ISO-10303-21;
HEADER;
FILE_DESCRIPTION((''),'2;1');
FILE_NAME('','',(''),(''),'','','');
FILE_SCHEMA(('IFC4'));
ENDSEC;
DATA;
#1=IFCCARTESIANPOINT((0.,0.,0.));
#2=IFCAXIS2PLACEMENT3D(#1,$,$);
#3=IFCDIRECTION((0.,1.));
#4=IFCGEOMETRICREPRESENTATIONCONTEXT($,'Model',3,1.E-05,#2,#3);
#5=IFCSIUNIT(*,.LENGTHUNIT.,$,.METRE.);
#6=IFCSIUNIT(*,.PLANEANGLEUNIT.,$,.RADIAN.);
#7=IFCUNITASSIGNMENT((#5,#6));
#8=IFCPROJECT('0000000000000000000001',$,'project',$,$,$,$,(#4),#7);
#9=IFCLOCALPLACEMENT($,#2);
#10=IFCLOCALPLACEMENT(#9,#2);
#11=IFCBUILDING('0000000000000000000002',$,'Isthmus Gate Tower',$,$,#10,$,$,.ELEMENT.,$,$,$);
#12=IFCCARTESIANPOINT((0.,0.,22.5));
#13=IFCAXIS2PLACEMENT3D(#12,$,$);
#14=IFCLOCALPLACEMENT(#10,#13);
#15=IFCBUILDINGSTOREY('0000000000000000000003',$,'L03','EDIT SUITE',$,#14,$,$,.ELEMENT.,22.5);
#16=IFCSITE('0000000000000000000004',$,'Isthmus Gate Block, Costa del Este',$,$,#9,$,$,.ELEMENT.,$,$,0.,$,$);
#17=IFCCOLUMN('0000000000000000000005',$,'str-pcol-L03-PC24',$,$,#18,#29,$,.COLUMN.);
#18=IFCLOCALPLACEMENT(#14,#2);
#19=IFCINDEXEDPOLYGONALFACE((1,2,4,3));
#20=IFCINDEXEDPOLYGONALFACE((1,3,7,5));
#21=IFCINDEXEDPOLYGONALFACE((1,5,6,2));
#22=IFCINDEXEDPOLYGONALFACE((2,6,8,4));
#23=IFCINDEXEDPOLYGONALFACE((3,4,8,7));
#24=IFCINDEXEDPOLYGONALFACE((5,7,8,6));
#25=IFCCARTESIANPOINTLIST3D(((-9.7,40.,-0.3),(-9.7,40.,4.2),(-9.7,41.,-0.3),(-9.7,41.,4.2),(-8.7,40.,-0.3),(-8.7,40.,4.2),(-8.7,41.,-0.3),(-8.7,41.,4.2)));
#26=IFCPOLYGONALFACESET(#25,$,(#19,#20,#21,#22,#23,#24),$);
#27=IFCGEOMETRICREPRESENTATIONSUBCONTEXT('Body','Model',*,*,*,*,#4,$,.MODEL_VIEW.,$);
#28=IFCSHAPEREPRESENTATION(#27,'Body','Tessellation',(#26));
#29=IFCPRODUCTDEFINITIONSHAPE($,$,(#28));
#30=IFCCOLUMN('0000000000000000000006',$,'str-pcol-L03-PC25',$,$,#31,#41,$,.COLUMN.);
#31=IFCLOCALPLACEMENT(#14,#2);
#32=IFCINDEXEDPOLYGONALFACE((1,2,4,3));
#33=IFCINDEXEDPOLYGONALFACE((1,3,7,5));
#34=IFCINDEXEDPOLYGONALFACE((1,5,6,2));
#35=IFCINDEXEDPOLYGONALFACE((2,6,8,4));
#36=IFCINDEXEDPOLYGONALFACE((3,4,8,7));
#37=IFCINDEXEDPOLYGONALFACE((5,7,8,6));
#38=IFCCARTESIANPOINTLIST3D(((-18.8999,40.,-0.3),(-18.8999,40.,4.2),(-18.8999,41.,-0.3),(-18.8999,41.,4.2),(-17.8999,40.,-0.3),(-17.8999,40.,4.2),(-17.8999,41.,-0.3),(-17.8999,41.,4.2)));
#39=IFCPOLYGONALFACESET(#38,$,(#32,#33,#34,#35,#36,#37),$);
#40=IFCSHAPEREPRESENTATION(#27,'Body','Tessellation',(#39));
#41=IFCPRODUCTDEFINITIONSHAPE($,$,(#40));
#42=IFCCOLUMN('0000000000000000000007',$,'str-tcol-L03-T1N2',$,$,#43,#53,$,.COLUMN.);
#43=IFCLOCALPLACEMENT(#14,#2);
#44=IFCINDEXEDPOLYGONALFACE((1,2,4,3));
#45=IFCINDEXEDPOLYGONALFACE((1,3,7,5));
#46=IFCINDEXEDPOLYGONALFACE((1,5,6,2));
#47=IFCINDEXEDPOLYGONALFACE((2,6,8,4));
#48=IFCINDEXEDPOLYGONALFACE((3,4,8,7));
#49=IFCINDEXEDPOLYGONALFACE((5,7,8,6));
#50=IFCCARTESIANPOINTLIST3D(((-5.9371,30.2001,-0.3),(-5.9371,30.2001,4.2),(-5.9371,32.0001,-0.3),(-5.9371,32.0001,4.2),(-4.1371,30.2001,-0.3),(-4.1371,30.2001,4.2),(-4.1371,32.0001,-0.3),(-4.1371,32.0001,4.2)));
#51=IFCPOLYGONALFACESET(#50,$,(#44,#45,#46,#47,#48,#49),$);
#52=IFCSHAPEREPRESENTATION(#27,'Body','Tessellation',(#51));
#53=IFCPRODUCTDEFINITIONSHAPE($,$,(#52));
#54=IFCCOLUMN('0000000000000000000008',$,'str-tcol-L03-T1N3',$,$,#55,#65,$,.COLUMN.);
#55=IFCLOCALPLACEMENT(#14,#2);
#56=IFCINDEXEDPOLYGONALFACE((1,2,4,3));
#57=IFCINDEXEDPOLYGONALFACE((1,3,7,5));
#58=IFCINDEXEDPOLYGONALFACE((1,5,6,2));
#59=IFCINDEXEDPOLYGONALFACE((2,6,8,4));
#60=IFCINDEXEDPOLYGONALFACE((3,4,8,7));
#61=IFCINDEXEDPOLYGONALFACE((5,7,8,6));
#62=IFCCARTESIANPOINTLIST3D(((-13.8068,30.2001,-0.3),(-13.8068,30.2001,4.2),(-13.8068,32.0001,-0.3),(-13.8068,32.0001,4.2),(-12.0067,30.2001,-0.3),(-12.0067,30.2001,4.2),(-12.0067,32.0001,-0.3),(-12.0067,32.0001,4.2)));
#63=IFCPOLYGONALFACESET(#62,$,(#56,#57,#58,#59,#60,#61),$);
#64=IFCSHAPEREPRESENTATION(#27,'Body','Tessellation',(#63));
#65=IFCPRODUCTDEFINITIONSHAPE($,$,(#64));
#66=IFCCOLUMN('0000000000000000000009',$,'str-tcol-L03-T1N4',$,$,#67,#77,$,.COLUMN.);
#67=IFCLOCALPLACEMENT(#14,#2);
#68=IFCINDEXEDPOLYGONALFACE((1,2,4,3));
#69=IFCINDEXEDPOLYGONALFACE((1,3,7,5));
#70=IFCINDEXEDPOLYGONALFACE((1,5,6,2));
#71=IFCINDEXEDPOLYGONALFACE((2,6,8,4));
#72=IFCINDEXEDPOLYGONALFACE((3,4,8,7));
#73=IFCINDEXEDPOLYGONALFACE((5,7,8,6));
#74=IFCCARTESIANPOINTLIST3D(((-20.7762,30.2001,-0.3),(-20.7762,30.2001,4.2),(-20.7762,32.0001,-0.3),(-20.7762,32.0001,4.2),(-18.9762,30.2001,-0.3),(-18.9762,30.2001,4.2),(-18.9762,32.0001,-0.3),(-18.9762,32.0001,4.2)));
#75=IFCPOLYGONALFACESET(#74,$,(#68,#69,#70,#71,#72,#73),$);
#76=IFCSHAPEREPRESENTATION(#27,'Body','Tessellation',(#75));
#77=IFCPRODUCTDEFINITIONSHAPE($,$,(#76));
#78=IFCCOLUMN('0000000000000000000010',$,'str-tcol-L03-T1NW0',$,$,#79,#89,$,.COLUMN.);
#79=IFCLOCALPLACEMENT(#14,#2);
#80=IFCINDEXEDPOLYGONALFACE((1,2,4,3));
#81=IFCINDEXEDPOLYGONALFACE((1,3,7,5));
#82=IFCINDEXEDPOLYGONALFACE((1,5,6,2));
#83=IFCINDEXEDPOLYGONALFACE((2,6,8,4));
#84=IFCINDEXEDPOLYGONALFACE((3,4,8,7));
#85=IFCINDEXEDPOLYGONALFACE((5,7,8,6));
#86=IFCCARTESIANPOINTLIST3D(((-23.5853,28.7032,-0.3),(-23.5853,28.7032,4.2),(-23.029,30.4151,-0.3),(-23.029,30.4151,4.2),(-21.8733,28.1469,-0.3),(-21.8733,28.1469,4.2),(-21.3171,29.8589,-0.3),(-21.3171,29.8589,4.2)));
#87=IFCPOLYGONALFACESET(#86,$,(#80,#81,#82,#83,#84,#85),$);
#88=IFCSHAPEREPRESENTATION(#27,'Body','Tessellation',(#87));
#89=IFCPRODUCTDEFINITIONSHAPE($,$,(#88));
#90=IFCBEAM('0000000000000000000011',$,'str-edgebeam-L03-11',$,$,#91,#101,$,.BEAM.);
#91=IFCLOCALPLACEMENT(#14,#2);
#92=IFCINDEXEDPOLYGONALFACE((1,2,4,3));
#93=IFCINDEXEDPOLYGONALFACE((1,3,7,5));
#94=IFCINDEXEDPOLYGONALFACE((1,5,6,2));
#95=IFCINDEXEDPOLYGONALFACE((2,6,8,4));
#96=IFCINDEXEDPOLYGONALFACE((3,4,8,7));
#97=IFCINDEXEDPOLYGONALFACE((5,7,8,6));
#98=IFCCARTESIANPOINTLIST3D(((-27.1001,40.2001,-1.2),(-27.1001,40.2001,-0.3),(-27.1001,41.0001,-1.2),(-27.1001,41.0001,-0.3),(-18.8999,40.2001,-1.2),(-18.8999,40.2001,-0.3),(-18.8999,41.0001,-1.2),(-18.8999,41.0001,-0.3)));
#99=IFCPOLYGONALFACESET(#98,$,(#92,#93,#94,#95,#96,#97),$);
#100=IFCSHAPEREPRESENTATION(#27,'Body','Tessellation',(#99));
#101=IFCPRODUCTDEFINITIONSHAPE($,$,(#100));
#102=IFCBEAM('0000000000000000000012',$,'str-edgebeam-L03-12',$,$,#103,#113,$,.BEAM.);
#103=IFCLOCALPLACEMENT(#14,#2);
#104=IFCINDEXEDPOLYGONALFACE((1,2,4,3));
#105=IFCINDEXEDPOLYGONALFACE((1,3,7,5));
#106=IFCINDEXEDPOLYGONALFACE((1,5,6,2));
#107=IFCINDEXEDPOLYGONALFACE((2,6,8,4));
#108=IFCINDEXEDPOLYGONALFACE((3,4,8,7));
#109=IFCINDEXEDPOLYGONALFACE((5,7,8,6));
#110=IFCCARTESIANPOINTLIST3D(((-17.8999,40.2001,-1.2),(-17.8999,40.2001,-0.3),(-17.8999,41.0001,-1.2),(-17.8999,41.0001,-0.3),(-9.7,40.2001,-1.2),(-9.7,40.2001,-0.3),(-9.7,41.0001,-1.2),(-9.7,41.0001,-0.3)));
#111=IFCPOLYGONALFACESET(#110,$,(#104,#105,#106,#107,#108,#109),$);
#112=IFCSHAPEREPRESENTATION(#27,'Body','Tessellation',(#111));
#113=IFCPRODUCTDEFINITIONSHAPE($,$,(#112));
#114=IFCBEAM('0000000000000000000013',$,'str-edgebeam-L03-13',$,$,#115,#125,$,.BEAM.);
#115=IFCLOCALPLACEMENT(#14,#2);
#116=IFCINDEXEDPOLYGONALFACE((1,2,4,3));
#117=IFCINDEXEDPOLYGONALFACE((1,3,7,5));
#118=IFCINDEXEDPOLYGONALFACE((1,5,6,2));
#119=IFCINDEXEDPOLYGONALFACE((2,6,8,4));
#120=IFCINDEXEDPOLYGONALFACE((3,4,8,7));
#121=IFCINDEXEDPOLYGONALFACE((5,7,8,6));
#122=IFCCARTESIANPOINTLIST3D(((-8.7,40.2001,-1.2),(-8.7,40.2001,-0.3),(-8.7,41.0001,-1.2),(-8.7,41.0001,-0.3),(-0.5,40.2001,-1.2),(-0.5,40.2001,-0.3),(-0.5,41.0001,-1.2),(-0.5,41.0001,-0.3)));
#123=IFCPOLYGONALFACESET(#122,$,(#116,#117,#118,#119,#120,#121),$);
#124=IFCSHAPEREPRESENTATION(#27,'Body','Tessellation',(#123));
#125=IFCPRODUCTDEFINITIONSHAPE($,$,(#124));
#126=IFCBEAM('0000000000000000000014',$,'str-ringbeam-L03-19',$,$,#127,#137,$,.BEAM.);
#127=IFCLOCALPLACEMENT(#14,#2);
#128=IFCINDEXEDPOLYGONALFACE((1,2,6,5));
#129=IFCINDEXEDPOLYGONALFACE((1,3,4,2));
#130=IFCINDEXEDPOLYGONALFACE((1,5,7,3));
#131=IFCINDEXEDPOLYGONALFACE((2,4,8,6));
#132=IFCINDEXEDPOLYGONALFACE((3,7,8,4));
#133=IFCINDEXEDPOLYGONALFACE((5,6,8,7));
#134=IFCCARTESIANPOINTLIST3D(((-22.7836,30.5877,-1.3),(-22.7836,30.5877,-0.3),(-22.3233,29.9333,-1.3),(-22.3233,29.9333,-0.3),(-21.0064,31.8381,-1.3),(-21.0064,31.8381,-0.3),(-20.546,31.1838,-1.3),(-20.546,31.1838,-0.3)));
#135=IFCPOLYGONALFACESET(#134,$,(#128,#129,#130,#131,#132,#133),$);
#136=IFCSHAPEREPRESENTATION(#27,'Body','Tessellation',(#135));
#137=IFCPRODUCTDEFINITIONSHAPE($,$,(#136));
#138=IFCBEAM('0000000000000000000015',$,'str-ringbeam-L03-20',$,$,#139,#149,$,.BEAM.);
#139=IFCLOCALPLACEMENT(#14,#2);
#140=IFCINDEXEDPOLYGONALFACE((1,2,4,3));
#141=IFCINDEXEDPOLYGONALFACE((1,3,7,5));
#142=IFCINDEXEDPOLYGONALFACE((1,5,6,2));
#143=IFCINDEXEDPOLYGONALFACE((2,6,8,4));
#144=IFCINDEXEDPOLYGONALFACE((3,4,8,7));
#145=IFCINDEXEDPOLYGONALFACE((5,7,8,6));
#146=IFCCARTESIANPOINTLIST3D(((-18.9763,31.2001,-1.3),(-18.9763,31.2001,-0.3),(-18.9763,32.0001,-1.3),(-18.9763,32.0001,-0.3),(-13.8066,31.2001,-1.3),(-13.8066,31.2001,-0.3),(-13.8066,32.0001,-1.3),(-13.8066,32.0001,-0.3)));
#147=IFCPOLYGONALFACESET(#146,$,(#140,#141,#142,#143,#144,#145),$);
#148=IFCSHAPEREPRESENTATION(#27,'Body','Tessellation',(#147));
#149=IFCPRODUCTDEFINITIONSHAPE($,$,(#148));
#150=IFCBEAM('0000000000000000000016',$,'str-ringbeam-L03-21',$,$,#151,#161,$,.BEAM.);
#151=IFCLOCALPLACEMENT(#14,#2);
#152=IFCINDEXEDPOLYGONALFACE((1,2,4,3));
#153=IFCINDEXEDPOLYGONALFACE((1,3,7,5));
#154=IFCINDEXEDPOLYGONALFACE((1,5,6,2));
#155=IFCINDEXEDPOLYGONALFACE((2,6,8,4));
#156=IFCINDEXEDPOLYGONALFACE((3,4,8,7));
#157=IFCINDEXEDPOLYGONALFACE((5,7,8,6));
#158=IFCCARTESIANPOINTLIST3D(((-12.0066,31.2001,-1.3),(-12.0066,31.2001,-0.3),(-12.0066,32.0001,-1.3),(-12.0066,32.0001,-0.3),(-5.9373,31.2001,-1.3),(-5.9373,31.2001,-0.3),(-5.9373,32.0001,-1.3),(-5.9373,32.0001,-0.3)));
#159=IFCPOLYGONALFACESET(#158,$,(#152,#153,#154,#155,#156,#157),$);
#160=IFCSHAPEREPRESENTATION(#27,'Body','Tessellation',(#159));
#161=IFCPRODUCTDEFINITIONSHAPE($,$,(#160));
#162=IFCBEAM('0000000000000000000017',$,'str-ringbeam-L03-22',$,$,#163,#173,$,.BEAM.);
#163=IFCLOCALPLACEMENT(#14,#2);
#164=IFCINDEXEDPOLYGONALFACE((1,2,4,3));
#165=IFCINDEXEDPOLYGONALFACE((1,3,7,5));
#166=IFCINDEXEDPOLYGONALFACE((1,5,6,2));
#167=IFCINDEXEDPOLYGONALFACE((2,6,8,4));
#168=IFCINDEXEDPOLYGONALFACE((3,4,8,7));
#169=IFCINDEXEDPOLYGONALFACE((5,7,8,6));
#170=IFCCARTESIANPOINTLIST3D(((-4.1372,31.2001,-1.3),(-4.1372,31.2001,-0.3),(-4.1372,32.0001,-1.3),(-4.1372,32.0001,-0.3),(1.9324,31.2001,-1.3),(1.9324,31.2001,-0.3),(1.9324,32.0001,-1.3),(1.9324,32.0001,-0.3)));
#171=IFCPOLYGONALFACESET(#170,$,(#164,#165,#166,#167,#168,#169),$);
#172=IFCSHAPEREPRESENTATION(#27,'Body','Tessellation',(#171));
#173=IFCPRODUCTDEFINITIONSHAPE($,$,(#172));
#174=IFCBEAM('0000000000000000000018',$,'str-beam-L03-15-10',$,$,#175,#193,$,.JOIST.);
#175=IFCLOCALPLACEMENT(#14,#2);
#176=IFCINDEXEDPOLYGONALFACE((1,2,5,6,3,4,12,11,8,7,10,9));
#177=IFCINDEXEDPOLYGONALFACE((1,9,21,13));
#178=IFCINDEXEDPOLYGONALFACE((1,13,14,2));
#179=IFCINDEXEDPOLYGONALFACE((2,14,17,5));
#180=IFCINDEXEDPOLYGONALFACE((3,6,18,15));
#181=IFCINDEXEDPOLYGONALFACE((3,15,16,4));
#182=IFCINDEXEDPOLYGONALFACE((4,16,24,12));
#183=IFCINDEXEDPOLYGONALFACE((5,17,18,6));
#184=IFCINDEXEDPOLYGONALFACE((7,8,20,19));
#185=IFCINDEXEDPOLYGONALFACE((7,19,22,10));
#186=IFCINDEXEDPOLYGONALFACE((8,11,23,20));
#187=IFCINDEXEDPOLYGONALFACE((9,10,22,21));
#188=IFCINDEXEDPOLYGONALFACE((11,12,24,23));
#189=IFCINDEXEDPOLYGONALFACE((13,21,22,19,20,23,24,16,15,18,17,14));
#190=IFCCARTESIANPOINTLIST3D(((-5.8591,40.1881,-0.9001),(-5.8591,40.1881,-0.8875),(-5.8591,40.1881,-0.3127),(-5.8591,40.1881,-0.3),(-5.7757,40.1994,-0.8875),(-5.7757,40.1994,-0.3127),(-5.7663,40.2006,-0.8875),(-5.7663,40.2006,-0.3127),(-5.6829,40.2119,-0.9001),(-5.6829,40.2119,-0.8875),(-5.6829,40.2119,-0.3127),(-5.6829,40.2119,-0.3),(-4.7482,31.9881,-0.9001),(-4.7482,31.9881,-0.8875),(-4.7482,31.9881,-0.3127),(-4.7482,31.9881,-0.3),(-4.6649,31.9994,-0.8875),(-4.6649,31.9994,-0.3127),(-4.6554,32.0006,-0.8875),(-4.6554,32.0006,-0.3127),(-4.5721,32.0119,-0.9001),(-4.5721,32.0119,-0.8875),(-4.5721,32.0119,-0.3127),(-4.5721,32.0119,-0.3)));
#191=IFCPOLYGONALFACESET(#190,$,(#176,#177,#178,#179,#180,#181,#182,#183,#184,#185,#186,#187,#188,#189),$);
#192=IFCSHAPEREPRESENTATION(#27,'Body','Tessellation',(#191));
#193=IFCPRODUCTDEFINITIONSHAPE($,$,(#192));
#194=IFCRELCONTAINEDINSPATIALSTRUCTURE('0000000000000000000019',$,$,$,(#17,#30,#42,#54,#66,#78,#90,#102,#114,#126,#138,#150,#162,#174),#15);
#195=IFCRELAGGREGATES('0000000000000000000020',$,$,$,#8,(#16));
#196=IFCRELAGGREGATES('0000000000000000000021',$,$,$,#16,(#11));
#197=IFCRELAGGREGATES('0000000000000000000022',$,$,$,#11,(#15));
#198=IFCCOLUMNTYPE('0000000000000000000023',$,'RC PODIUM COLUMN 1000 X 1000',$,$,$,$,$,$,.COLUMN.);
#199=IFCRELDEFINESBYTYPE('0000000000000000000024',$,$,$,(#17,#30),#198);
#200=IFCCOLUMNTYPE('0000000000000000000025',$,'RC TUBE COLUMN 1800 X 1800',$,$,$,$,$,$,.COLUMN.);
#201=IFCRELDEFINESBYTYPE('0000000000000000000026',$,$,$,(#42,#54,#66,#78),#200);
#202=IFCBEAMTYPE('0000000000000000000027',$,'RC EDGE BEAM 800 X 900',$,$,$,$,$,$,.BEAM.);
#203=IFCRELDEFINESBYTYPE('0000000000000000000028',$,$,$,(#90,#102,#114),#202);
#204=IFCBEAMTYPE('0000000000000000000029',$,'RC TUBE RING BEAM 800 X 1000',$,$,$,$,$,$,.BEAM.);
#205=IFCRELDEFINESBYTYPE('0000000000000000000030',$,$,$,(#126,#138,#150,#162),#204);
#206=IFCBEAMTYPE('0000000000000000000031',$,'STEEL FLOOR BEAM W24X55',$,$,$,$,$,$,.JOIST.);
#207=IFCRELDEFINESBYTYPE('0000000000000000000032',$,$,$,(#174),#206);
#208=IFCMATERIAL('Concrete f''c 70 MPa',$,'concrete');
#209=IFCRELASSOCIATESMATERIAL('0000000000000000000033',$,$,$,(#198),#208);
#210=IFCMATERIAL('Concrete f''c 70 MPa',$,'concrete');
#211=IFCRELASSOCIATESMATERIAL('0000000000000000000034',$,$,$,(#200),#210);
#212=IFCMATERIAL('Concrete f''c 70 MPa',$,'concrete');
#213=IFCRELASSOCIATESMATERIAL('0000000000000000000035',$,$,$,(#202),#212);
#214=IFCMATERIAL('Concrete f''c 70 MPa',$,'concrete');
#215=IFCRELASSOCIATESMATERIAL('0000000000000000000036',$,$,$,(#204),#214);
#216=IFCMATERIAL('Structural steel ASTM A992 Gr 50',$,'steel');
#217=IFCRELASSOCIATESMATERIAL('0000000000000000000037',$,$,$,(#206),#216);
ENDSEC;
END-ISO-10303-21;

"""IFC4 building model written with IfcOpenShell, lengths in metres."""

from ifc_helpers import new_model, si_unit, direction, frame, origin, origin_2d, place, context, subcontext, project, spatial, rectangle, i_section, extrude, material, material_profile, profile_set, type_object, element, save


model = new_model("IFC4")

# Units and contexts
model_context = context("Model", 3, precision=1e-05, world=origin(), true_north=direction((0.0, 1.0)))
body_context = subcontext(model_context, "Body", "Model", "MODEL_VIEW")
ifc_project = project(units=[si_unit("LENGTHUNIT", "METRE"), si_unit("PLANEANGLEUNIT", "RADIAN")], contexts=[model_context])

# Site, building, storey
site_placement = place(None, origin())
site = spatial("IfcSite", under=ifc_project, at=site_placement, Name="Isthmus Gate Block, Costa del Este", CompositionType="ELEMENT", RefElevation=0.0)
building_placement = place(site_placement, origin())
building = spatial("IfcBuilding", under=site, at=building_placement, Name="Isthmus Gate Tower", CompositionType="ELEMENT")
storey_placement = place(building_placement, frame((0.0, 0.0, 22.5)))
storey = spatial("IfcBuildingStorey", under=building, at=storey_placement, Name="L03", Description="EDIT SUITE", CompositionType="ELEMENT", Elevation=22.5)

# Columns
ifc_material_1 = material(Name="Concrete f'c 70 MPa", Category="concrete")
ifc_material_profile_1 = material_profile(ifc_material_1, rectangle(XDim=1.0, YDim=1.0, at=origin_2d()), Name="RC 1000X1000")
ifc_profile_set_1 = profile_set([ifc_material_profile_1], Name="Concrete f'c 70 MPa")
column_type_1 = type_object("IfcColumnType", Name="RC PODIUM COLUMN 1000 X 1000", PredefinedType="COLUMN", material=ifc_profile_set_1)
for number, where, z_axis, x_axis, name in (
    (1, (-9.2, 40.5, -0.3), (0.0, 0.0, 1.0), (-1.0, 0.0, 0.0), "str-pcol-L03-PC24"),
    (2, (-18.3999, 40.5, -0.3), (0.0, 0.0, 1.0), (-1.0, 0.0, 0.0), "str-pcol-L03-PC25"),
):
    element("IfcColumn", number, at=place(storey_placement, frame(where, z_axis=z_axis, x_axis=x_axis)), inside=storey, type_object=column_type_1, Name=name, PredefinedType="COLUMN", context=body_context, shape_type="SweptSolid", body=[
        extrude(rectangle(XDim=1.0, YDim=1.0, at=origin_2d()), origin(), (0.0, 0.0, 1.0), 4.5),
    ])
ifc_material_2 = material(Name="Concrete f'c 70 MPa", Category="concrete")
ifc_material_profile_2 = material_profile(ifc_material_2, rectangle(XDim=1.8, YDim=1.8, at=origin_2d()), Name="RC 1800X1800")
ifc_profile_set_2 = profile_set([ifc_material_profile_2], Name="Concrete f'c 70 MPa")
column_type_2 = type_object("IfcColumnType", Name="RC TUBE COLUMN 1800 X 1800", PredefinedType="COLUMN", material=ifc_profile_set_2)
for number, where, z_axis, x_axis, name in (
    (3, (-5.0371, 31.1001, -0.3), (0.0, 0.0, 1.0), (-1.0, 0.0, 0.0), "str-tcol-L03-T1N2"),
    (4, (-12.9067, 31.1001, -0.3), (0.0, 0.0, 1.0), (-1.0, 0.0, 0.0), "str-tcol-L03-T1N3"),
    (5, (-19.8762, 31.1001, -0.3), (0.0, 0.0, 1.0), (-1.0, 0.0, 0.0), "str-tcol-L03-T1N4"),
    (6, (-22.4512, 29.281, -0.3), (0.0, 0.0, 1.0), (-0.309017, -0.951057, 0.0), "str-tcol-L03-T1NW0"),
):
    element("IfcColumn", number, at=place(storey_placement, frame(where, z_axis=z_axis, x_axis=x_axis)), inside=storey, type_object=column_type_2, Name=name, PredefinedType="COLUMN", context=body_context, shape_type="SweptSolid", body=[
        extrude(rectangle(XDim=1.8, YDim=1.8, at=origin_2d()), origin(), (0.0, 0.0, 1.0), 4.5),
    ])

# Beams
ifc_material_3 = material(Name="Concrete f'c 70 MPa", Category="concrete")
ifc_material_profile_3 = material_profile(ifc_material_3, rectangle(XDim=0.8, YDim=0.8999, at=origin_2d()), Name="RC 800X900")
ifc_profile_set_3 = profile_set([ifc_material_profile_3], Name="Concrete f'c 70 MPa")
beam_type_1 = type_object("IfcBeamType", Name="RC EDGE BEAM 800 X 900", PredefinedType="BEAM", material=ifc_profile_set_3)
beam_1_placement = place(storey_placement, frame((-27.1001, 40.6001, -0.75), z_axis=(1.0, 0.0, 0.0), x_axis=(0.0, 1.0, 0.0)))
element("IfcBeam", 7, at=beam_1_placement, inside=storey, type_object=beam_type_1, Name="str-edgebeam-L03-11", PredefinedType="BEAM", context=body_context, shape_type="SweptSolid", body=[
    extrude(rectangle(XDim=0.8, YDim=0.8999, at=origin_2d()), origin(), (0.0, 0.0, 1.0), 8.2002),
])
for number, where, z_axis, x_axis, name in (
    (8, (-17.8999, 40.6001, -0.75), (1.0, 0.0, 0.0), (0.0, 1.0, 0.0), "str-edgebeam-L03-12"),
    (9, (-8.7, 40.6001, -0.75), (1.0, 0.0, 0.0), (0.0, 1.0, 0.0), "str-edgebeam-L03-13"),
):
    element("IfcBeam", number, at=place(storey_placement, frame(where, z_axis=z_axis, x_axis=x_axis)), inside=storey, type_object=beam_type_1, Name=name, PredefinedType="BEAM", context=body_context, shape_type="SweptSolid", body=[
        extrude(rectangle(XDim=0.8, YDim=0.8999, at=origin_2d()), origin(), (0.0, 0.0, 1.0), 8.2),
    ])
ifc_material_4 = material(Name="Concrete f'c 70 MPa", Category="concrete")
ifc_material_profile_4 = material_profile(ifc_material_4, rectangle(XDim=0.8, YDim=1.0, at=origin_2d()), Name="RC 800X1000")
ifc_profile_set_4 = profile_set([ifc_material_profile_4], Name="Concrete f'c 70 MPa")
beam_type_2 = type_object("IfcBeamType", Name="RC TUBE RING BEAM 800 X 1000", PredefinedType="BEAM", material=ifc_profile_set_4)
beam_2_placement = place(storey_placement, frame((-22.5535, 30.2605, -0.8), z_axis=(0.817857, 0.575421, 0.0), x_axis=(-0.575421, 0.817857, 0.0)))
element("IfcBeam", 10, at=beam_2_placement, inside=storey, type_object=beam_type_2, Name="str-ringbeam-L03-19", PredefinedType="BEAM", context=body_context, shape_type="SweptSolid", body=[
    extrude(rectangle(XDim=0.8, YDim=1.0, at=origin_2d()), origin(), (0.0, 0.0, 1.0), 2.1731),
])
beam_3_placement = place(storey_placement, frame((-18.9763, 31.6001, -0.8), z_axis=(1.0, 0.0, 0.0), x_axis=(0.0, 1.0, 0.0)))
element("IfcBeam", 11, at=beam_3_placement, inside=storey, type_object=beam_type_2, Name="str-ringbeam-L03-20", PredefinedType="BEAM", context=body_context, shape_type="SweptSolid", body=[
    extrude(rectangle(XDim=0.8, YDim=1.0, at=origin_2d()), origin(), (0.0, 0.0, 1.0), 5.1697),
])
beam_4_placement = place(storey_placement, frame((-12.0066, 31.6001, -0.8), z_axis=(1.0, 0.0, 0.0), x_axis=(0.0, 1.0, 0.0)))
element("IfcBeam", 12, at=beam_4_placement, inside=storey, type_object=beam_type_2, Name="str-ringbeam-L03-21", PredefinedType="BEAM", context=body_context, shape_type="SweptSolid", body=[
    extrude(rectangle(XDim=0.8, YDim=1.0, at=origin_2d()), origin(), (0.0, 0.0, 1.0), 6.0693),
])
beam_5_placement = place(storey_placement, frame((-4.1372, 31.6001, -0.8), z_axis=(1.0, 0.0, 0.0), x_axis=(0.0, 1.0, 0.0)))
element("IfcBeam", 13, at=beam_5_placement, inside=storey, type_object=beam_type_2, Name="str-ringbeam-L03-22", PredefinedType="BEAM", context=body_context, shape_type="SweptSolid", body=[
    extrude(rectangle(XDim=0.8, YDim=1.0, at=origin_2d()), origin(), (0.0, 0.0, 1.0), 6.0696),
])
ifc_material_5 = material(Name="Structural steel ASTM A992 Gr 50", Category="steel")
ifc_material_profile_5 = material_profile(ifc_material_5, i_section(OverallWidth=0.1777, OverallDepth=0.6001, WebThickness=0.0095, FlangeThickness=0.0127, at=origin_2d()), Name="W24X55")
ifc_profile_set_5 = profile_set([ifc_material_profile_5], Name="Structural steel ASTM A992 Gr 50")
beam_type_3 = type_object("IfcBeamType", Name="STEEL FLOOR BEAM W24X55", PredefinedType="JOIST", material=ifc_profile_set_5)
beam_6_placement = place(storey_placement, frame((-4.6602, 32.0, -0.6001), z_axis=(-0.134243, 0.990948, 0.0), x_axis=(-0.990948, -0.134243, 0.0)))
element("IfcBeam", 14, at=beam_6_placement, inside=storey, type_object=beam_type_3, Name="str-beam-L03-15-10", PredefinedType="JOIST", context=body_context, shape_type="SweptSolid", body=[
    extrude(i_section(OverallWidth=0.1777, OverallDepth=0.6001, WebThickness=0.0095, FlangeThickness=0.0127, at=origin_2d()), origin(), (0.0, 0.0, 1.0), 8.2749),
])

save(model, "model.ifc")
